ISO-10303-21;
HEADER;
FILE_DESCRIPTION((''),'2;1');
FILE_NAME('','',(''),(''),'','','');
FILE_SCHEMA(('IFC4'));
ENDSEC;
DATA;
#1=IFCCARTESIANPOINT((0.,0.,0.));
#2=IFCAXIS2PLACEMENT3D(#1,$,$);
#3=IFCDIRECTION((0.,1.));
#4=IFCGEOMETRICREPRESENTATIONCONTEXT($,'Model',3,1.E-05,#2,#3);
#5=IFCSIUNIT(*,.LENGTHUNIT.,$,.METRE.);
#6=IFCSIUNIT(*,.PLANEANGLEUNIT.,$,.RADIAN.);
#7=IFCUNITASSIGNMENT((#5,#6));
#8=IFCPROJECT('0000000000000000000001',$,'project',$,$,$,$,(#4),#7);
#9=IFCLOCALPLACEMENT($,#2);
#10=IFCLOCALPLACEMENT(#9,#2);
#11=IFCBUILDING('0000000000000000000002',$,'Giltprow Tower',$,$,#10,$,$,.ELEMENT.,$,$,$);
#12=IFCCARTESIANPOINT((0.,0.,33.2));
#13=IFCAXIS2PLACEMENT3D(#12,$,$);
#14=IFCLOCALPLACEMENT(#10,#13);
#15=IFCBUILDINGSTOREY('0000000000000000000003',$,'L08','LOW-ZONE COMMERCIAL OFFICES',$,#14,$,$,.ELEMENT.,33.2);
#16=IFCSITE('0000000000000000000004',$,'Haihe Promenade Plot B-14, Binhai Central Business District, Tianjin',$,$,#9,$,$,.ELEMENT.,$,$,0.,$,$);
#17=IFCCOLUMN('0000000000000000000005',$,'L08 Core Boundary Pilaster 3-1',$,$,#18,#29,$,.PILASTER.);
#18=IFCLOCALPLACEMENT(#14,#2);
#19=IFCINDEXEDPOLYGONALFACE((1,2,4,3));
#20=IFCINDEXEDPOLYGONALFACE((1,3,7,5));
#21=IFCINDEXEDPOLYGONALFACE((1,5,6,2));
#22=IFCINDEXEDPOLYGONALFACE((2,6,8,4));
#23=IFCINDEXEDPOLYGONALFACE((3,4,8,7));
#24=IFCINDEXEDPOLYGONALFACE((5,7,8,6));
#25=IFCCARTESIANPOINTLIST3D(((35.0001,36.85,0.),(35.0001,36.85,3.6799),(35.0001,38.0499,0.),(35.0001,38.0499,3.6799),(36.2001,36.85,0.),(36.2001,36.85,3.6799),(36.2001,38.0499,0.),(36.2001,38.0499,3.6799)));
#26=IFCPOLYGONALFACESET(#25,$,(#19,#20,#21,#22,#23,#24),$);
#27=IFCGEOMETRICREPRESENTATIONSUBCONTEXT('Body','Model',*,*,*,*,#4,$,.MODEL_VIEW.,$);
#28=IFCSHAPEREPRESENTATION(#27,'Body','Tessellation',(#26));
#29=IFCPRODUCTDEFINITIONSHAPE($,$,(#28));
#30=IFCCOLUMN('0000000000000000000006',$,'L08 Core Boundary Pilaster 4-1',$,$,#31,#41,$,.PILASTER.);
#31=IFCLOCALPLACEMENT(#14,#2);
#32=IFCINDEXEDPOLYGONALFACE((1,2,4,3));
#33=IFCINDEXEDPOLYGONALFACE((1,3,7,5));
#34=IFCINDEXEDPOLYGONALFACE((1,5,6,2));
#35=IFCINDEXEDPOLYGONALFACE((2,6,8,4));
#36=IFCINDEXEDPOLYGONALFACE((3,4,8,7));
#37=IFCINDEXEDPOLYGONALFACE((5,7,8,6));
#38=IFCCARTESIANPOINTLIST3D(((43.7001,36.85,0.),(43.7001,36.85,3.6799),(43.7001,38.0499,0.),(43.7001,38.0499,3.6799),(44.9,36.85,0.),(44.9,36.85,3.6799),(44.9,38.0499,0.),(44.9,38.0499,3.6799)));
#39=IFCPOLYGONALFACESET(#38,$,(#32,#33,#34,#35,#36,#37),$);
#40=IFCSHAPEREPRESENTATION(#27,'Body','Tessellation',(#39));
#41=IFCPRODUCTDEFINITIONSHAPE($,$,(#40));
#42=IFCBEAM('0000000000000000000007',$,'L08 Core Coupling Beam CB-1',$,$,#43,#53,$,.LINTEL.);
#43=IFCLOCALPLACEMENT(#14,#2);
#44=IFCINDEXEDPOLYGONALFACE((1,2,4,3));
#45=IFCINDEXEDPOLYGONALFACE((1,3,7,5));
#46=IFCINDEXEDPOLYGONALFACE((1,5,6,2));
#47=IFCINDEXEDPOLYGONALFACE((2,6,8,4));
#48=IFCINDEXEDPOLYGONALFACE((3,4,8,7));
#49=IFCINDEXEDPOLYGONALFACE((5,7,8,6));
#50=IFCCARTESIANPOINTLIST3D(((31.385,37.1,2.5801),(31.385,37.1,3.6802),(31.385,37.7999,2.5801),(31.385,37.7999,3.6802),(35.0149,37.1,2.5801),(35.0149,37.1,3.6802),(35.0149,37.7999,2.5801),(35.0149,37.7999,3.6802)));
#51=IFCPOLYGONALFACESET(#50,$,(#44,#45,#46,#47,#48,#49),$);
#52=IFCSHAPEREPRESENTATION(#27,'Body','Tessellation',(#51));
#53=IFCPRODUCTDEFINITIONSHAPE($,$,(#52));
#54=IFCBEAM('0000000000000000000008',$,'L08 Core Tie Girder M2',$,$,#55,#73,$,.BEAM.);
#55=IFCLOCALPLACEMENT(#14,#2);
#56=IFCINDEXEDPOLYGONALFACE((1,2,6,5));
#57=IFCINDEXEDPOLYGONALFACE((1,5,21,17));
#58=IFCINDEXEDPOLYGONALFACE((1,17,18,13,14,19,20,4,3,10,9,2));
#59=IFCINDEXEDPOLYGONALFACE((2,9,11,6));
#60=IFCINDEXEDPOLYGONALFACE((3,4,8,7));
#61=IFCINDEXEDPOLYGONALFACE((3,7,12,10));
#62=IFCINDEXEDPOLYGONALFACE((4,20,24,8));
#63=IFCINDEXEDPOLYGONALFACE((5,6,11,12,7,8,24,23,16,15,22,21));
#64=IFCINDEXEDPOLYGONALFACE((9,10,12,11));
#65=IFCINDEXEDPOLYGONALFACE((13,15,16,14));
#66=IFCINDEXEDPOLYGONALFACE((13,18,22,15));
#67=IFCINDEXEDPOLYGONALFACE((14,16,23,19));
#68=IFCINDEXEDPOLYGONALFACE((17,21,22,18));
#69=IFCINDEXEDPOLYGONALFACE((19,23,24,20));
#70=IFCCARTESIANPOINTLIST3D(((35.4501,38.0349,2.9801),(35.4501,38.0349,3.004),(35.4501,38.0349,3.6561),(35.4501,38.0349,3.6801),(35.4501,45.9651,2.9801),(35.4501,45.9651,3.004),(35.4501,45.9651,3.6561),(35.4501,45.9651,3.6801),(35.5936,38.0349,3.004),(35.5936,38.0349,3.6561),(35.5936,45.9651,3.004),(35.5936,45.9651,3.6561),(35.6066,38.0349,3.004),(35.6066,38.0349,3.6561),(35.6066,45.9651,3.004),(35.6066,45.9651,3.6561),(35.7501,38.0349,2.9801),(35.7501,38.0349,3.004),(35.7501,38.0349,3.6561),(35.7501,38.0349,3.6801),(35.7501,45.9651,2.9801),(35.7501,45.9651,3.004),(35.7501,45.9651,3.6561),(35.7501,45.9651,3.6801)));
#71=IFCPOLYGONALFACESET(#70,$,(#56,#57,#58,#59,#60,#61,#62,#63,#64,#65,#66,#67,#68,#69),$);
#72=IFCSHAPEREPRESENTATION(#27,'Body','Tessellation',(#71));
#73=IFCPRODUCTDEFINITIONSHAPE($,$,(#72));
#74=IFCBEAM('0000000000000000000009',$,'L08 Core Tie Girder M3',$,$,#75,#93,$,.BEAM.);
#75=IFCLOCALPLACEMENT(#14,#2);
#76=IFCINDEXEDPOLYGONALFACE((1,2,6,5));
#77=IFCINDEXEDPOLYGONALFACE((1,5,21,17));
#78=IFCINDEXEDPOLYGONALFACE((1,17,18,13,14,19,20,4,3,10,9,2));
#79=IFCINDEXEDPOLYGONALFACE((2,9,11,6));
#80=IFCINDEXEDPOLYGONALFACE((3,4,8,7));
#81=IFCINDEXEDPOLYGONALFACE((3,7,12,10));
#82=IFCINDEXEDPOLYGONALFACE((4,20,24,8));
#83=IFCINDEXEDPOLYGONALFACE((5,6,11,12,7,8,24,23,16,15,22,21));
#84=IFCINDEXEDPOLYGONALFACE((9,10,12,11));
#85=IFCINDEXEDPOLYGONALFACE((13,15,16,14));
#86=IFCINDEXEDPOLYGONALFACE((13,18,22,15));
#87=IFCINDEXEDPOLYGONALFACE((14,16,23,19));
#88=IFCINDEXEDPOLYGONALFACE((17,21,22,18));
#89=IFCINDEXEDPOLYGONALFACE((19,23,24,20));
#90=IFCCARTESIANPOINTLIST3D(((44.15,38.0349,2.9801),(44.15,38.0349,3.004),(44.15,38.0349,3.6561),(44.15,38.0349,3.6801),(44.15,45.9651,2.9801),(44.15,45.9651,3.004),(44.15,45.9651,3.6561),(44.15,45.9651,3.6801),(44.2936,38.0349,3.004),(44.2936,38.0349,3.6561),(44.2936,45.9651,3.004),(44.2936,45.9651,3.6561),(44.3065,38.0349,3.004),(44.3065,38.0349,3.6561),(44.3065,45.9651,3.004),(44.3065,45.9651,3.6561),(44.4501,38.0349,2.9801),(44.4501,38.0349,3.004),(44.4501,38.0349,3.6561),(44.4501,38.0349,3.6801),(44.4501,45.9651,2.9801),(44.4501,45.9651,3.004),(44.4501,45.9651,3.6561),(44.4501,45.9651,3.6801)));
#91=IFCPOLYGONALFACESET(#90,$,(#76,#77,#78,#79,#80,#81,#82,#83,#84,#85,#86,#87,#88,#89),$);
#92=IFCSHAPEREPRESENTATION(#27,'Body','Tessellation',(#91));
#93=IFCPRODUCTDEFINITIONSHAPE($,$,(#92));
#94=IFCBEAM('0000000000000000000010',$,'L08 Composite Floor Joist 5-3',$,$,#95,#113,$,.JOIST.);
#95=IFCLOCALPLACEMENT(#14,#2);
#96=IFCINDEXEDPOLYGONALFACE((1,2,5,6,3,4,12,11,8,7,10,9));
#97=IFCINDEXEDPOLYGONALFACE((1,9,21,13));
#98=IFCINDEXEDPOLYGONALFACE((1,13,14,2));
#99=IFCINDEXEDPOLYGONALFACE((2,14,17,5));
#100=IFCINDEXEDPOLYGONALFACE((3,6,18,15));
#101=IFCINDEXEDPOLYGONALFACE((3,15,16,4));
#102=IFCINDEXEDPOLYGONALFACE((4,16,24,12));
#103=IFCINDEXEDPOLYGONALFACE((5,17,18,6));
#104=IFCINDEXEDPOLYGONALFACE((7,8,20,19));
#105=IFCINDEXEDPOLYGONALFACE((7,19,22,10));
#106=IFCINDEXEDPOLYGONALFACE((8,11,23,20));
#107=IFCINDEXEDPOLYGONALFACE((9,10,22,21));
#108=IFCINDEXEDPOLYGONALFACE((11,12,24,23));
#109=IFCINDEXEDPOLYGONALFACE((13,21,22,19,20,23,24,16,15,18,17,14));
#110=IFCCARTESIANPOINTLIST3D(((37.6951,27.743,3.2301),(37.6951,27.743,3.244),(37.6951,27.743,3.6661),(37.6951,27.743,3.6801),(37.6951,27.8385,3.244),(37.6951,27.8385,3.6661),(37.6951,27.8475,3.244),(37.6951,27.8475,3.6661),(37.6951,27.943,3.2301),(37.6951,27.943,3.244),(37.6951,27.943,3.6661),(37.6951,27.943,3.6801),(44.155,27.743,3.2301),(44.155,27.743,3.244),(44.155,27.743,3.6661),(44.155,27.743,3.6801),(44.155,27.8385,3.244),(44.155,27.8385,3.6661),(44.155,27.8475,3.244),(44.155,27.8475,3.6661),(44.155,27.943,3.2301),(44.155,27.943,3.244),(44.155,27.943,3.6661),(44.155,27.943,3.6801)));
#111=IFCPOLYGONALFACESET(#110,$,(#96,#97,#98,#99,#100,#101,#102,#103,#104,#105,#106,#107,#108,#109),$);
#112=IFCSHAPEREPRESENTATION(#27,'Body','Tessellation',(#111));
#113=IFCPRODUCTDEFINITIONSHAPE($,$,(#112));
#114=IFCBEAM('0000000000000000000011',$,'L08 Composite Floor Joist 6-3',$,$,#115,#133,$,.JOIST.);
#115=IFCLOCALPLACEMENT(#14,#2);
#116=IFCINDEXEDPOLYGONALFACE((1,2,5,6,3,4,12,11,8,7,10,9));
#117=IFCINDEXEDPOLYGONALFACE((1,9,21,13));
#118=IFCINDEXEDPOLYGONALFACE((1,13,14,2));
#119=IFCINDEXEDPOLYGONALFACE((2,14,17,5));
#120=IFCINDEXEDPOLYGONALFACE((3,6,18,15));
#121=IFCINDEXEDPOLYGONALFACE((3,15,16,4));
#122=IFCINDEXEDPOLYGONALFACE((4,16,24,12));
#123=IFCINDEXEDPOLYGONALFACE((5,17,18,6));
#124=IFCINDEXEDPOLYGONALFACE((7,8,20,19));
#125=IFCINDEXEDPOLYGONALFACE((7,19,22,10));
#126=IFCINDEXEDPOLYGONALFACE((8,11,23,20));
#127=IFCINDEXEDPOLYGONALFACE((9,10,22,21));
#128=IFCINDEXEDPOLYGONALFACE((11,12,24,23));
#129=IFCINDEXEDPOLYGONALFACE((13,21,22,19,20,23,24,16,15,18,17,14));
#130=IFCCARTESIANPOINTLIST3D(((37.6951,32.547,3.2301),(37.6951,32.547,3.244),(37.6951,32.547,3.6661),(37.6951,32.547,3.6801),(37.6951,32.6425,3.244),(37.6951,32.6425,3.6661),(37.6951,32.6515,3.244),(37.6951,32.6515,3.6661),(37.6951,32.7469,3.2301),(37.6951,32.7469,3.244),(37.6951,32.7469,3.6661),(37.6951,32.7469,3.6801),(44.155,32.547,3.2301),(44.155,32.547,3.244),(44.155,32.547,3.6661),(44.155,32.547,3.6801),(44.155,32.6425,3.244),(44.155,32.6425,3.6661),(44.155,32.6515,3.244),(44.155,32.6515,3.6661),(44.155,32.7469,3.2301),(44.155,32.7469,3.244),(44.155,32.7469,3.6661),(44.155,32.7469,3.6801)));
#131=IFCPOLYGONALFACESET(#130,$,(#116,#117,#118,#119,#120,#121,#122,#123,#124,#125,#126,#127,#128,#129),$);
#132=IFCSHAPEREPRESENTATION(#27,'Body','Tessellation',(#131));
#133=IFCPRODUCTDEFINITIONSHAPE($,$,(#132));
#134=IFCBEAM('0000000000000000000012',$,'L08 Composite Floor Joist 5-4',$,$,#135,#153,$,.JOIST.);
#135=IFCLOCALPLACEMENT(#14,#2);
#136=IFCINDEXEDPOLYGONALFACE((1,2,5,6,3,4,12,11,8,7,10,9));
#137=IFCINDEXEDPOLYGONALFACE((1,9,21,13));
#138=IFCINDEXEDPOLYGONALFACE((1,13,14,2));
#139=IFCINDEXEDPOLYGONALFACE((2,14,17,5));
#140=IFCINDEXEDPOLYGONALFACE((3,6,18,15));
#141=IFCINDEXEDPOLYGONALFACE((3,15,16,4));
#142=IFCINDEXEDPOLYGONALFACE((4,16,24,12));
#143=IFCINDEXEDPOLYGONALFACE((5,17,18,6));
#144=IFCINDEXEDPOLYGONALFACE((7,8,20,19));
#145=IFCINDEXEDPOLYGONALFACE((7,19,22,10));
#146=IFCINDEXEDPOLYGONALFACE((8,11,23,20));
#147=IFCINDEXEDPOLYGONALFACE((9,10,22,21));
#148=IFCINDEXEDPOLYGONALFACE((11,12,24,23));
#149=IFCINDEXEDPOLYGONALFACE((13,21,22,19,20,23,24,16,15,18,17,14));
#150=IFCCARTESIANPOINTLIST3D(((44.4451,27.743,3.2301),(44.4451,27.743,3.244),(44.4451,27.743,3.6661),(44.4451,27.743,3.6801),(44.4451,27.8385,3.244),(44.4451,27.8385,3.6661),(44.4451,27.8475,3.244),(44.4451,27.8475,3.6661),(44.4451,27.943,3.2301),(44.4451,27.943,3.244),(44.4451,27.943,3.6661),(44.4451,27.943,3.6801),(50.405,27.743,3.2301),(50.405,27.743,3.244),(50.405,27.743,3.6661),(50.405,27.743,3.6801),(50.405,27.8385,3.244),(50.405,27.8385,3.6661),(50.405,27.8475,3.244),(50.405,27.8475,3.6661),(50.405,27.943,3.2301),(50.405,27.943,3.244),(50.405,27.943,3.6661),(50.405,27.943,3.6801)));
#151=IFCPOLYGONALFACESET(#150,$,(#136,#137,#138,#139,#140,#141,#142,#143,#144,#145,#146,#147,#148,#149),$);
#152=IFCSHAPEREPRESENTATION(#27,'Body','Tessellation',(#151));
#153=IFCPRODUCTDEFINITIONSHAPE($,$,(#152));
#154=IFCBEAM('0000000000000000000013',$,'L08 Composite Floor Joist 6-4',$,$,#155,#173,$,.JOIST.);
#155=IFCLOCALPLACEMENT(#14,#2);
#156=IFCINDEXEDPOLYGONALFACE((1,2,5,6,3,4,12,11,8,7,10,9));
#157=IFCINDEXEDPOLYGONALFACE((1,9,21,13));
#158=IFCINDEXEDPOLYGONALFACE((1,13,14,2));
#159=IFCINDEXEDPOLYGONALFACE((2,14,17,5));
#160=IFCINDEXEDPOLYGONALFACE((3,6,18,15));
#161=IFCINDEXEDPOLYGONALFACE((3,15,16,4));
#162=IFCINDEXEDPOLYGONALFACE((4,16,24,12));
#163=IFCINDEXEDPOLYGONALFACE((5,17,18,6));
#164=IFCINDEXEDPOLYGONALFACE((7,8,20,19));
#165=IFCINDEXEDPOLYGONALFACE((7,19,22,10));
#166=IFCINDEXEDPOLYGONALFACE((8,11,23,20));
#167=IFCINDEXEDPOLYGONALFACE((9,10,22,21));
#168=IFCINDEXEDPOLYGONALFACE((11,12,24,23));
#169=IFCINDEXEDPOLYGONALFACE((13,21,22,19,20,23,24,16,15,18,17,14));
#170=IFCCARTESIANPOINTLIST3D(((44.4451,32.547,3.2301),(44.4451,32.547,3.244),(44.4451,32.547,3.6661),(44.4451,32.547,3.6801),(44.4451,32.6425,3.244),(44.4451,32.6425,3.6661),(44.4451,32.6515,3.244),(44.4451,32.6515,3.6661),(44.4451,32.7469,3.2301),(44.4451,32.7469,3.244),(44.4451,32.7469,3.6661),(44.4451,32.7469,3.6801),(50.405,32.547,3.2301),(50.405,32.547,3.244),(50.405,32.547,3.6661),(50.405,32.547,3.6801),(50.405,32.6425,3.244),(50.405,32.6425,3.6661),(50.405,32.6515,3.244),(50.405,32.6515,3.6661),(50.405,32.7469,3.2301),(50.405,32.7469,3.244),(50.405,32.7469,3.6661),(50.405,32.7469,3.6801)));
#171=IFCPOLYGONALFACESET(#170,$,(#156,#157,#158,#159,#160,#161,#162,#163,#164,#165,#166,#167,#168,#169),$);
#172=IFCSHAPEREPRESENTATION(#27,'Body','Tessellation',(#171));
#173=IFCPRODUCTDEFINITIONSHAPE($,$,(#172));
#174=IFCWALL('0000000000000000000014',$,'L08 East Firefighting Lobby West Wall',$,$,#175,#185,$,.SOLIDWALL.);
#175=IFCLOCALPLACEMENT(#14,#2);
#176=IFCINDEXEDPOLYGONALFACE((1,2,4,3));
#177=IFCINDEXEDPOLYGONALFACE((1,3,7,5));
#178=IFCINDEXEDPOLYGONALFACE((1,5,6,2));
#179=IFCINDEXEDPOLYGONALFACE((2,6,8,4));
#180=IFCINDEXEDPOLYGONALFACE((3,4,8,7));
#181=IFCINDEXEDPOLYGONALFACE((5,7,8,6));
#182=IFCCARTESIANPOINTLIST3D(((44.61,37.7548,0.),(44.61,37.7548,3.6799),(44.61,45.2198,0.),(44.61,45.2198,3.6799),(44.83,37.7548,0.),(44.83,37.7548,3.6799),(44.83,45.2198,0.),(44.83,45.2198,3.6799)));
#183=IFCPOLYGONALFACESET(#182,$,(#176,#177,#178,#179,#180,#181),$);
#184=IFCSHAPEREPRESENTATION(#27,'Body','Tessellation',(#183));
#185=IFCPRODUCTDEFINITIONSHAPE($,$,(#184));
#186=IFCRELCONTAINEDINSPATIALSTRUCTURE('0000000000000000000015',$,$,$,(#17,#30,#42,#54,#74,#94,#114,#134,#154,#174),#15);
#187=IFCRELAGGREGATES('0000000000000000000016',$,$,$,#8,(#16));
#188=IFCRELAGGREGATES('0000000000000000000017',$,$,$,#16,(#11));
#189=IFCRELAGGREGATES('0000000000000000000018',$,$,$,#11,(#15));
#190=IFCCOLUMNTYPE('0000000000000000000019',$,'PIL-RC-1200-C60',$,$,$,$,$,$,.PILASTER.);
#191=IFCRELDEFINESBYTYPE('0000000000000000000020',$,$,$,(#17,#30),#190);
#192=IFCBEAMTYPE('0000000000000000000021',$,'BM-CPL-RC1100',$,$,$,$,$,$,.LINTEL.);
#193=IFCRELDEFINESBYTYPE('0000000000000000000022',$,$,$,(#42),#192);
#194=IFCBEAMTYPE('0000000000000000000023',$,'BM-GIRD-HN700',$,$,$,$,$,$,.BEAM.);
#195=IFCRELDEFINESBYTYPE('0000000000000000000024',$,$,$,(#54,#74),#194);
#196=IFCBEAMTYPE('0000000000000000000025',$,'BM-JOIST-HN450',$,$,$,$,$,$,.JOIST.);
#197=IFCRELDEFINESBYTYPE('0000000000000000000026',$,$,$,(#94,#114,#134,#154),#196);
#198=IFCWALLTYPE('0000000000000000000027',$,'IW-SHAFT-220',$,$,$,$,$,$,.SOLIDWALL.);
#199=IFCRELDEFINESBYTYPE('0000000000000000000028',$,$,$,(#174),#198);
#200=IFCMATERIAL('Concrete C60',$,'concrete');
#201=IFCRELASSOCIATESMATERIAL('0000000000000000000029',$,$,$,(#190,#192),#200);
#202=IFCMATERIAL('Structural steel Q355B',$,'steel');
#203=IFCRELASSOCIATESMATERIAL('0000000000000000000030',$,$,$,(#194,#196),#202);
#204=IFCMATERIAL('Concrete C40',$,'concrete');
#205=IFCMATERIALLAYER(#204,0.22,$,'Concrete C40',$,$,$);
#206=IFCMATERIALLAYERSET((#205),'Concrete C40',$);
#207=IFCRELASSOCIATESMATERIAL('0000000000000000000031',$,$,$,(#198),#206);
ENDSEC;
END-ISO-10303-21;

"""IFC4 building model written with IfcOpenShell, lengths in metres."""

from ifc_helpers import new_model, si_unit, direction, frame, frame_2d, origin, origin_2d, place, context, subcontext, project, spatial, rectangle, i_section, extrude, source, transform, mapped, material, layer, layer_set, material_profile, profile_set, type_object, element, save


model = new_model("IFC4")

# Units and contexts
model_context = context("Model", 3, precision=1e-05, world=origin(), true_north=direction((0.0, 1.0)))
body_context = subcontext(model_context, "Body", "Model", "MODEL_VIEW")
ifc_project = project(units=[si_unit("LENGTHUNIT", "METRE"), si_unit("PLANEANGLEUNIT", "RADIAN")], contexts=[model_context])

# Site, building, storey
site_placement = place(None, origin())
site = spatial("IfcSite", under=ifc_project, at=site_placement, Name="Haihe Promenade Plot B-14, Binhai Central Business District, Tianjin", CompositionType="ELEMENT", RefElevation=0.0)
building_placement = place(site_placement, origin())
building = spatial("IfcBuilding", under=site, at=building_placement, Name="Giltprow Tower", CompositionType="ELEMENT")
storey_placement = place(building_placement, frame((0.0, 0.0, 33.2)))
storey = spatial("IfcBuildingStorey", under=building, at=storey_placement, Name="L08", Description="LOW-ZONE COMMERCIAL OFFICES", CompositionType="ELEMENT", Elevation=33.2)

# Columns
ifc_material_1 = material(Name="Concrete C60", Category="concrete")
ifc_material_profile_1 = material_profile(ifc_material_1, rectangle(XDim=1.2, YDim=1.2, at=origin_2d()), Name="RC 1200x1200")
ifc_profile_set_1 = profile_set([ifc_material_profile_1], Name="Concrete C60")
column_type = type_object("IfcColumnType", Name="PIL-RC-1200-C60", PredefinedType="PILASTER", material=ifc_profile_set_1)
shared_shape_1 = source(origin(), body_context, "Body", "SweptSolid", [
    extrude(rectangle(XDim=1.2, YDim=1.2, at=origin_2d()), origin(), (0.0, 0.0, 1.0), 3.6799),
])
for number, where, z_axis, x_axis, name in (
    (1, (35.6001, 37.45, 0.0), (0.0, 0.0, 1.0), (1.0, 0.0, 0.0), "L08 Core Boundary Pilaster 3-1"),
    (2, (44.3, 37.45, 0.0), (0.0, 0.0, 1.0), (1.0, 0.0, 0.0), "L08 Core Boundary Pilaster 4-1"),
):
    element("IfcColumn", number, at=place(storey_placement, frame(where, z_axis=z_axis, x_axis=x_axis)), inside=storey, type_object=column_type, Name=name, PredefinedType="PILASTER", context=body_context, shape_type="MappedRepresentation", body=[
        mapped(shared_shape_1, transform((0.0, 0.0, 0.0), x_axis=(1.0, 0.0, 0.0), y_axis=(0.0, 1.0, 0.0), z_axis=(0.0, 0.0, 1.0), scale=1.0)),
    ])

# Beams
ifc_material_profile_2 = material_profile(ifc_material_1, rectangle(XDim=0.7, YDim=1.1001, at=origin_2d()), Name="RC 1100x700")
ifc_profile_set_2 = profile_set([ifc_material_profile_2], Name="Concrete C60")
beam_type_1 = type_object("IfcBeamType", Name="BM-CPL-RC1100", PredefinedType="LINTEL", material=ifc_profile_set_2)
shared_shape_2 = source(origin(), body_context, "Body", "SweptSolid", [
    extrude(rectangle(XDim=0.7, YDim=1.1001, at=origin_2d()), origin(), (0.0, 0.0, 1.0), 3.6299),
])
beam_placement = place(storey_placement, frame((31.385, 37.45, 3.1301), z_axis=(1.0, 0.0, 0.0), x_axis=(0.0, 1.0, 0.0)))
element("IfcBeam", 3, at=beam_placement, inside=storey, type_object=beam_type_1, Name="L08 Core Coupling Beam CB-1", PredefinedType="LINTEL", context=body_context, shape_type="MappedRepresentation", body=[
    mapped(shared_shape_2, transform((0.0, 0.0, 0.0), x_axis=(1.0, 0.0, 0.0), y_axis=(0.0, 1.0, 0.0), z_axis=(0.0, 0.0, 1.0), scale=1.0)),
])
ifc_material_2 = material(Name="Structural steel Q355B", Category="steel")
ifc_material_profile_3 = material_profile(ifc_material_2, i_section(OverallWidth=0.3, OverallDepth=0.7, WebThickness=0.0129, FlangeThickness=0.0239, at=origin_2d()), Name="HN 700x300x13x24")
ifc_profile_set_3 = profile_set([ifc_material_profile_3], Name="Structural steel Q355B")
beam_type_2 = type_object("IfcBeamType", Name="BM-GIRD-HN700", PredefinedType="BEAM", material=ifc_profile_set_3)
shared_shape_3 = source(origin(), body_context, "Body", "SweptSolid", [
    extrude(i_section(OverallWidth=0.3, OverallDepth=0.7, WebThickness=0.0129, FlangeThickness=0.0239, at=origin_2d()), origin(), (0.0, 0.0, 1.0), 7.9302),
])
for number, where, z_axis, x_axis, name in (
    (4, (35.6001, 38.0349, 3.3301), (0.0, 1.0, 0.0), (-1.0, 0.0, 0.0), "L08 Core Tie Girder M2"),
    (5, (44.3, 38.0349, 3.3301), (0.0, 1.0, 0.0), (-1.0, 0.0, 0.0), "L08 Core Tie Girder M3"),
):
    element("IfcBeam", number, at=place(storey_placement, frame(where, z_axis=z_axis, x_axis=x_axis)), inside=storey, type_object=beam_type_2, Name=name, PredefinedType="BEAM", context=body_context, shape_type="MappedRepresentation", body=[
        mapped(shared_shape_3, transform((0.0, 0.0, 0.0), x_axis=(1.0, 0.0, 0.0), y_axis=(0.0, 1.0, 0.0), z_axis=(0.0, 0.0, 1.0), scale=1.0)),
    ])
ifc_material_profile_4 = material_profile(ifc_material_2, i_section(OverallWidth=0.2, OverallDepth=0.45, WebThickness=0.009, FlangeThickness=0.0139, at=origin_2d()), Name="HN 450x200x9x14")
ifc_profile_set_4 = profile_set([ifc_material_profile_4], Name="Structural steel Q355B")
beam_type_3 = type_object("IfcBeamType", Name="BM-JOIST-HN450", PredefinedType="JOIST", material=ifc_profile_set_4)
shared_shape_4 = source(origin(), body_context, "Body", "SweptSolid", [
    extrude(i_section(OverallWidth=0.2, OverallDepth=0.45, WebThickness=0.009, FlangeThickness=0.0139, at=origin_2d()), origin(), (0.0, 0.0, 1.0), 6.46),
])
for number, where, z_axis, x_axis, name in (
    (6, (37.6951, 27.843, 3.4551), (1.0, 0.0, 0.0), (0.0, 1.0, 0.0), "L08 Composite Floor Joist 5-3"),
    (7, (37.6951, 32.647, 3.4551), (1.0, 0.0, 0.0), (0.0, 1.0, 0.0), "L08 Composite Floor Joist 6-3"),
):
    element("IfcBeam", number, at=place(storey_placement, frame(where, z_axis=z_axis, x_axis=x_axis)), inside=storey, type_object=beam_type_3, Name=name, PredefinedType="JOIST", context=body_context, shape_type="MappedRepresentation", body=[
        mapped(shared_shape_4, transform((0.0, 0.0, 0.0), x_axis=(1.0, 0.0, 0.0), y_axis=(0.0, 1.0, 0.0), z_axis=(0.0, 0.0, 1.0), scale=1.0)),
    ])
shared_shape_5 = source(origin(), body_context, "Body", "SweptSolid", [
    extrude(i_section(OverallWidth=0.2, OverallDepth=0.45, WebThickness=0.009, FlangeThickness=0.0139, at=origin_2d()), origin(), (0.0, 0.0, 1.0), 5.96),
])
for number, where, z_axis, x_axis, name in (
    (8, (44.4451, 27.843, 3.4551), (1.0, 0.0, 0.0), (0.0, 1.0, 0.0), "L08 Composite Floor Joist 5-4"),
    (9, (44.4451, 32.647, 3.4551), (1.0, 0.0, 0.0), (0.0, 1.0, 0.0), "L08 Composite Floor Joist 6-4"),
):
    element("IfcBeam", number, at=place(storey_placement, frame(where, z_axis=z_axis, x_axis=x_axis)), inside=storey, type_object=beam_type_3, Name=name, PredefinedType="JOIST", context=body_context, shape_type="MappedRepresentation", body=[
        mapped(shared_shape_5, transform((0.0, 0.0, 0.0), x_axis=(1.0, 0.0, 0.0), y_axis=(0.0, 1.0, 0.0), z_axis=(0.0, 0.0, 1.0), scale=1.0)),
    ])

# Wall
ifc_material_3 = material(Name="Concrete C40", Category="concrete")
ifc_layer_1 = layer(ifc_material_3, 0.22, Name="Concrete C40")
ifc_layer_set_1 = layer_set([ifc_layer_1], Name="Concrete C40")
wall_type_1 = type_object("IfcWallType", Name="IW-SHAFT-220", PredefinedType="SOLIDWALL", material=ifc_layer_set_1)
wall_1_placement = place(storey_placement, frame((44.72, 37.7549, 0.0), z_axis=(0.0, 0.0, 1.0), x_axis=(0.0, 1.0, 0.0)))
element("IfcWall", 10, at=wall_1_placement, inside=storey, type_object=wall_type_1, Name="L08 East Firefighting Lobby West Wall", PredefinedType="SOLIDWALL", context=body_context, shape_type="SweptSolid", body=[
    extrude(rectangle(XDim=7.4651, YDim=0.22, at=frame_2d((3.7324, 0.0))), origin(), (0.0, 0.0, 1.0), 3.6799),
])

save(model, "model.ifc")
